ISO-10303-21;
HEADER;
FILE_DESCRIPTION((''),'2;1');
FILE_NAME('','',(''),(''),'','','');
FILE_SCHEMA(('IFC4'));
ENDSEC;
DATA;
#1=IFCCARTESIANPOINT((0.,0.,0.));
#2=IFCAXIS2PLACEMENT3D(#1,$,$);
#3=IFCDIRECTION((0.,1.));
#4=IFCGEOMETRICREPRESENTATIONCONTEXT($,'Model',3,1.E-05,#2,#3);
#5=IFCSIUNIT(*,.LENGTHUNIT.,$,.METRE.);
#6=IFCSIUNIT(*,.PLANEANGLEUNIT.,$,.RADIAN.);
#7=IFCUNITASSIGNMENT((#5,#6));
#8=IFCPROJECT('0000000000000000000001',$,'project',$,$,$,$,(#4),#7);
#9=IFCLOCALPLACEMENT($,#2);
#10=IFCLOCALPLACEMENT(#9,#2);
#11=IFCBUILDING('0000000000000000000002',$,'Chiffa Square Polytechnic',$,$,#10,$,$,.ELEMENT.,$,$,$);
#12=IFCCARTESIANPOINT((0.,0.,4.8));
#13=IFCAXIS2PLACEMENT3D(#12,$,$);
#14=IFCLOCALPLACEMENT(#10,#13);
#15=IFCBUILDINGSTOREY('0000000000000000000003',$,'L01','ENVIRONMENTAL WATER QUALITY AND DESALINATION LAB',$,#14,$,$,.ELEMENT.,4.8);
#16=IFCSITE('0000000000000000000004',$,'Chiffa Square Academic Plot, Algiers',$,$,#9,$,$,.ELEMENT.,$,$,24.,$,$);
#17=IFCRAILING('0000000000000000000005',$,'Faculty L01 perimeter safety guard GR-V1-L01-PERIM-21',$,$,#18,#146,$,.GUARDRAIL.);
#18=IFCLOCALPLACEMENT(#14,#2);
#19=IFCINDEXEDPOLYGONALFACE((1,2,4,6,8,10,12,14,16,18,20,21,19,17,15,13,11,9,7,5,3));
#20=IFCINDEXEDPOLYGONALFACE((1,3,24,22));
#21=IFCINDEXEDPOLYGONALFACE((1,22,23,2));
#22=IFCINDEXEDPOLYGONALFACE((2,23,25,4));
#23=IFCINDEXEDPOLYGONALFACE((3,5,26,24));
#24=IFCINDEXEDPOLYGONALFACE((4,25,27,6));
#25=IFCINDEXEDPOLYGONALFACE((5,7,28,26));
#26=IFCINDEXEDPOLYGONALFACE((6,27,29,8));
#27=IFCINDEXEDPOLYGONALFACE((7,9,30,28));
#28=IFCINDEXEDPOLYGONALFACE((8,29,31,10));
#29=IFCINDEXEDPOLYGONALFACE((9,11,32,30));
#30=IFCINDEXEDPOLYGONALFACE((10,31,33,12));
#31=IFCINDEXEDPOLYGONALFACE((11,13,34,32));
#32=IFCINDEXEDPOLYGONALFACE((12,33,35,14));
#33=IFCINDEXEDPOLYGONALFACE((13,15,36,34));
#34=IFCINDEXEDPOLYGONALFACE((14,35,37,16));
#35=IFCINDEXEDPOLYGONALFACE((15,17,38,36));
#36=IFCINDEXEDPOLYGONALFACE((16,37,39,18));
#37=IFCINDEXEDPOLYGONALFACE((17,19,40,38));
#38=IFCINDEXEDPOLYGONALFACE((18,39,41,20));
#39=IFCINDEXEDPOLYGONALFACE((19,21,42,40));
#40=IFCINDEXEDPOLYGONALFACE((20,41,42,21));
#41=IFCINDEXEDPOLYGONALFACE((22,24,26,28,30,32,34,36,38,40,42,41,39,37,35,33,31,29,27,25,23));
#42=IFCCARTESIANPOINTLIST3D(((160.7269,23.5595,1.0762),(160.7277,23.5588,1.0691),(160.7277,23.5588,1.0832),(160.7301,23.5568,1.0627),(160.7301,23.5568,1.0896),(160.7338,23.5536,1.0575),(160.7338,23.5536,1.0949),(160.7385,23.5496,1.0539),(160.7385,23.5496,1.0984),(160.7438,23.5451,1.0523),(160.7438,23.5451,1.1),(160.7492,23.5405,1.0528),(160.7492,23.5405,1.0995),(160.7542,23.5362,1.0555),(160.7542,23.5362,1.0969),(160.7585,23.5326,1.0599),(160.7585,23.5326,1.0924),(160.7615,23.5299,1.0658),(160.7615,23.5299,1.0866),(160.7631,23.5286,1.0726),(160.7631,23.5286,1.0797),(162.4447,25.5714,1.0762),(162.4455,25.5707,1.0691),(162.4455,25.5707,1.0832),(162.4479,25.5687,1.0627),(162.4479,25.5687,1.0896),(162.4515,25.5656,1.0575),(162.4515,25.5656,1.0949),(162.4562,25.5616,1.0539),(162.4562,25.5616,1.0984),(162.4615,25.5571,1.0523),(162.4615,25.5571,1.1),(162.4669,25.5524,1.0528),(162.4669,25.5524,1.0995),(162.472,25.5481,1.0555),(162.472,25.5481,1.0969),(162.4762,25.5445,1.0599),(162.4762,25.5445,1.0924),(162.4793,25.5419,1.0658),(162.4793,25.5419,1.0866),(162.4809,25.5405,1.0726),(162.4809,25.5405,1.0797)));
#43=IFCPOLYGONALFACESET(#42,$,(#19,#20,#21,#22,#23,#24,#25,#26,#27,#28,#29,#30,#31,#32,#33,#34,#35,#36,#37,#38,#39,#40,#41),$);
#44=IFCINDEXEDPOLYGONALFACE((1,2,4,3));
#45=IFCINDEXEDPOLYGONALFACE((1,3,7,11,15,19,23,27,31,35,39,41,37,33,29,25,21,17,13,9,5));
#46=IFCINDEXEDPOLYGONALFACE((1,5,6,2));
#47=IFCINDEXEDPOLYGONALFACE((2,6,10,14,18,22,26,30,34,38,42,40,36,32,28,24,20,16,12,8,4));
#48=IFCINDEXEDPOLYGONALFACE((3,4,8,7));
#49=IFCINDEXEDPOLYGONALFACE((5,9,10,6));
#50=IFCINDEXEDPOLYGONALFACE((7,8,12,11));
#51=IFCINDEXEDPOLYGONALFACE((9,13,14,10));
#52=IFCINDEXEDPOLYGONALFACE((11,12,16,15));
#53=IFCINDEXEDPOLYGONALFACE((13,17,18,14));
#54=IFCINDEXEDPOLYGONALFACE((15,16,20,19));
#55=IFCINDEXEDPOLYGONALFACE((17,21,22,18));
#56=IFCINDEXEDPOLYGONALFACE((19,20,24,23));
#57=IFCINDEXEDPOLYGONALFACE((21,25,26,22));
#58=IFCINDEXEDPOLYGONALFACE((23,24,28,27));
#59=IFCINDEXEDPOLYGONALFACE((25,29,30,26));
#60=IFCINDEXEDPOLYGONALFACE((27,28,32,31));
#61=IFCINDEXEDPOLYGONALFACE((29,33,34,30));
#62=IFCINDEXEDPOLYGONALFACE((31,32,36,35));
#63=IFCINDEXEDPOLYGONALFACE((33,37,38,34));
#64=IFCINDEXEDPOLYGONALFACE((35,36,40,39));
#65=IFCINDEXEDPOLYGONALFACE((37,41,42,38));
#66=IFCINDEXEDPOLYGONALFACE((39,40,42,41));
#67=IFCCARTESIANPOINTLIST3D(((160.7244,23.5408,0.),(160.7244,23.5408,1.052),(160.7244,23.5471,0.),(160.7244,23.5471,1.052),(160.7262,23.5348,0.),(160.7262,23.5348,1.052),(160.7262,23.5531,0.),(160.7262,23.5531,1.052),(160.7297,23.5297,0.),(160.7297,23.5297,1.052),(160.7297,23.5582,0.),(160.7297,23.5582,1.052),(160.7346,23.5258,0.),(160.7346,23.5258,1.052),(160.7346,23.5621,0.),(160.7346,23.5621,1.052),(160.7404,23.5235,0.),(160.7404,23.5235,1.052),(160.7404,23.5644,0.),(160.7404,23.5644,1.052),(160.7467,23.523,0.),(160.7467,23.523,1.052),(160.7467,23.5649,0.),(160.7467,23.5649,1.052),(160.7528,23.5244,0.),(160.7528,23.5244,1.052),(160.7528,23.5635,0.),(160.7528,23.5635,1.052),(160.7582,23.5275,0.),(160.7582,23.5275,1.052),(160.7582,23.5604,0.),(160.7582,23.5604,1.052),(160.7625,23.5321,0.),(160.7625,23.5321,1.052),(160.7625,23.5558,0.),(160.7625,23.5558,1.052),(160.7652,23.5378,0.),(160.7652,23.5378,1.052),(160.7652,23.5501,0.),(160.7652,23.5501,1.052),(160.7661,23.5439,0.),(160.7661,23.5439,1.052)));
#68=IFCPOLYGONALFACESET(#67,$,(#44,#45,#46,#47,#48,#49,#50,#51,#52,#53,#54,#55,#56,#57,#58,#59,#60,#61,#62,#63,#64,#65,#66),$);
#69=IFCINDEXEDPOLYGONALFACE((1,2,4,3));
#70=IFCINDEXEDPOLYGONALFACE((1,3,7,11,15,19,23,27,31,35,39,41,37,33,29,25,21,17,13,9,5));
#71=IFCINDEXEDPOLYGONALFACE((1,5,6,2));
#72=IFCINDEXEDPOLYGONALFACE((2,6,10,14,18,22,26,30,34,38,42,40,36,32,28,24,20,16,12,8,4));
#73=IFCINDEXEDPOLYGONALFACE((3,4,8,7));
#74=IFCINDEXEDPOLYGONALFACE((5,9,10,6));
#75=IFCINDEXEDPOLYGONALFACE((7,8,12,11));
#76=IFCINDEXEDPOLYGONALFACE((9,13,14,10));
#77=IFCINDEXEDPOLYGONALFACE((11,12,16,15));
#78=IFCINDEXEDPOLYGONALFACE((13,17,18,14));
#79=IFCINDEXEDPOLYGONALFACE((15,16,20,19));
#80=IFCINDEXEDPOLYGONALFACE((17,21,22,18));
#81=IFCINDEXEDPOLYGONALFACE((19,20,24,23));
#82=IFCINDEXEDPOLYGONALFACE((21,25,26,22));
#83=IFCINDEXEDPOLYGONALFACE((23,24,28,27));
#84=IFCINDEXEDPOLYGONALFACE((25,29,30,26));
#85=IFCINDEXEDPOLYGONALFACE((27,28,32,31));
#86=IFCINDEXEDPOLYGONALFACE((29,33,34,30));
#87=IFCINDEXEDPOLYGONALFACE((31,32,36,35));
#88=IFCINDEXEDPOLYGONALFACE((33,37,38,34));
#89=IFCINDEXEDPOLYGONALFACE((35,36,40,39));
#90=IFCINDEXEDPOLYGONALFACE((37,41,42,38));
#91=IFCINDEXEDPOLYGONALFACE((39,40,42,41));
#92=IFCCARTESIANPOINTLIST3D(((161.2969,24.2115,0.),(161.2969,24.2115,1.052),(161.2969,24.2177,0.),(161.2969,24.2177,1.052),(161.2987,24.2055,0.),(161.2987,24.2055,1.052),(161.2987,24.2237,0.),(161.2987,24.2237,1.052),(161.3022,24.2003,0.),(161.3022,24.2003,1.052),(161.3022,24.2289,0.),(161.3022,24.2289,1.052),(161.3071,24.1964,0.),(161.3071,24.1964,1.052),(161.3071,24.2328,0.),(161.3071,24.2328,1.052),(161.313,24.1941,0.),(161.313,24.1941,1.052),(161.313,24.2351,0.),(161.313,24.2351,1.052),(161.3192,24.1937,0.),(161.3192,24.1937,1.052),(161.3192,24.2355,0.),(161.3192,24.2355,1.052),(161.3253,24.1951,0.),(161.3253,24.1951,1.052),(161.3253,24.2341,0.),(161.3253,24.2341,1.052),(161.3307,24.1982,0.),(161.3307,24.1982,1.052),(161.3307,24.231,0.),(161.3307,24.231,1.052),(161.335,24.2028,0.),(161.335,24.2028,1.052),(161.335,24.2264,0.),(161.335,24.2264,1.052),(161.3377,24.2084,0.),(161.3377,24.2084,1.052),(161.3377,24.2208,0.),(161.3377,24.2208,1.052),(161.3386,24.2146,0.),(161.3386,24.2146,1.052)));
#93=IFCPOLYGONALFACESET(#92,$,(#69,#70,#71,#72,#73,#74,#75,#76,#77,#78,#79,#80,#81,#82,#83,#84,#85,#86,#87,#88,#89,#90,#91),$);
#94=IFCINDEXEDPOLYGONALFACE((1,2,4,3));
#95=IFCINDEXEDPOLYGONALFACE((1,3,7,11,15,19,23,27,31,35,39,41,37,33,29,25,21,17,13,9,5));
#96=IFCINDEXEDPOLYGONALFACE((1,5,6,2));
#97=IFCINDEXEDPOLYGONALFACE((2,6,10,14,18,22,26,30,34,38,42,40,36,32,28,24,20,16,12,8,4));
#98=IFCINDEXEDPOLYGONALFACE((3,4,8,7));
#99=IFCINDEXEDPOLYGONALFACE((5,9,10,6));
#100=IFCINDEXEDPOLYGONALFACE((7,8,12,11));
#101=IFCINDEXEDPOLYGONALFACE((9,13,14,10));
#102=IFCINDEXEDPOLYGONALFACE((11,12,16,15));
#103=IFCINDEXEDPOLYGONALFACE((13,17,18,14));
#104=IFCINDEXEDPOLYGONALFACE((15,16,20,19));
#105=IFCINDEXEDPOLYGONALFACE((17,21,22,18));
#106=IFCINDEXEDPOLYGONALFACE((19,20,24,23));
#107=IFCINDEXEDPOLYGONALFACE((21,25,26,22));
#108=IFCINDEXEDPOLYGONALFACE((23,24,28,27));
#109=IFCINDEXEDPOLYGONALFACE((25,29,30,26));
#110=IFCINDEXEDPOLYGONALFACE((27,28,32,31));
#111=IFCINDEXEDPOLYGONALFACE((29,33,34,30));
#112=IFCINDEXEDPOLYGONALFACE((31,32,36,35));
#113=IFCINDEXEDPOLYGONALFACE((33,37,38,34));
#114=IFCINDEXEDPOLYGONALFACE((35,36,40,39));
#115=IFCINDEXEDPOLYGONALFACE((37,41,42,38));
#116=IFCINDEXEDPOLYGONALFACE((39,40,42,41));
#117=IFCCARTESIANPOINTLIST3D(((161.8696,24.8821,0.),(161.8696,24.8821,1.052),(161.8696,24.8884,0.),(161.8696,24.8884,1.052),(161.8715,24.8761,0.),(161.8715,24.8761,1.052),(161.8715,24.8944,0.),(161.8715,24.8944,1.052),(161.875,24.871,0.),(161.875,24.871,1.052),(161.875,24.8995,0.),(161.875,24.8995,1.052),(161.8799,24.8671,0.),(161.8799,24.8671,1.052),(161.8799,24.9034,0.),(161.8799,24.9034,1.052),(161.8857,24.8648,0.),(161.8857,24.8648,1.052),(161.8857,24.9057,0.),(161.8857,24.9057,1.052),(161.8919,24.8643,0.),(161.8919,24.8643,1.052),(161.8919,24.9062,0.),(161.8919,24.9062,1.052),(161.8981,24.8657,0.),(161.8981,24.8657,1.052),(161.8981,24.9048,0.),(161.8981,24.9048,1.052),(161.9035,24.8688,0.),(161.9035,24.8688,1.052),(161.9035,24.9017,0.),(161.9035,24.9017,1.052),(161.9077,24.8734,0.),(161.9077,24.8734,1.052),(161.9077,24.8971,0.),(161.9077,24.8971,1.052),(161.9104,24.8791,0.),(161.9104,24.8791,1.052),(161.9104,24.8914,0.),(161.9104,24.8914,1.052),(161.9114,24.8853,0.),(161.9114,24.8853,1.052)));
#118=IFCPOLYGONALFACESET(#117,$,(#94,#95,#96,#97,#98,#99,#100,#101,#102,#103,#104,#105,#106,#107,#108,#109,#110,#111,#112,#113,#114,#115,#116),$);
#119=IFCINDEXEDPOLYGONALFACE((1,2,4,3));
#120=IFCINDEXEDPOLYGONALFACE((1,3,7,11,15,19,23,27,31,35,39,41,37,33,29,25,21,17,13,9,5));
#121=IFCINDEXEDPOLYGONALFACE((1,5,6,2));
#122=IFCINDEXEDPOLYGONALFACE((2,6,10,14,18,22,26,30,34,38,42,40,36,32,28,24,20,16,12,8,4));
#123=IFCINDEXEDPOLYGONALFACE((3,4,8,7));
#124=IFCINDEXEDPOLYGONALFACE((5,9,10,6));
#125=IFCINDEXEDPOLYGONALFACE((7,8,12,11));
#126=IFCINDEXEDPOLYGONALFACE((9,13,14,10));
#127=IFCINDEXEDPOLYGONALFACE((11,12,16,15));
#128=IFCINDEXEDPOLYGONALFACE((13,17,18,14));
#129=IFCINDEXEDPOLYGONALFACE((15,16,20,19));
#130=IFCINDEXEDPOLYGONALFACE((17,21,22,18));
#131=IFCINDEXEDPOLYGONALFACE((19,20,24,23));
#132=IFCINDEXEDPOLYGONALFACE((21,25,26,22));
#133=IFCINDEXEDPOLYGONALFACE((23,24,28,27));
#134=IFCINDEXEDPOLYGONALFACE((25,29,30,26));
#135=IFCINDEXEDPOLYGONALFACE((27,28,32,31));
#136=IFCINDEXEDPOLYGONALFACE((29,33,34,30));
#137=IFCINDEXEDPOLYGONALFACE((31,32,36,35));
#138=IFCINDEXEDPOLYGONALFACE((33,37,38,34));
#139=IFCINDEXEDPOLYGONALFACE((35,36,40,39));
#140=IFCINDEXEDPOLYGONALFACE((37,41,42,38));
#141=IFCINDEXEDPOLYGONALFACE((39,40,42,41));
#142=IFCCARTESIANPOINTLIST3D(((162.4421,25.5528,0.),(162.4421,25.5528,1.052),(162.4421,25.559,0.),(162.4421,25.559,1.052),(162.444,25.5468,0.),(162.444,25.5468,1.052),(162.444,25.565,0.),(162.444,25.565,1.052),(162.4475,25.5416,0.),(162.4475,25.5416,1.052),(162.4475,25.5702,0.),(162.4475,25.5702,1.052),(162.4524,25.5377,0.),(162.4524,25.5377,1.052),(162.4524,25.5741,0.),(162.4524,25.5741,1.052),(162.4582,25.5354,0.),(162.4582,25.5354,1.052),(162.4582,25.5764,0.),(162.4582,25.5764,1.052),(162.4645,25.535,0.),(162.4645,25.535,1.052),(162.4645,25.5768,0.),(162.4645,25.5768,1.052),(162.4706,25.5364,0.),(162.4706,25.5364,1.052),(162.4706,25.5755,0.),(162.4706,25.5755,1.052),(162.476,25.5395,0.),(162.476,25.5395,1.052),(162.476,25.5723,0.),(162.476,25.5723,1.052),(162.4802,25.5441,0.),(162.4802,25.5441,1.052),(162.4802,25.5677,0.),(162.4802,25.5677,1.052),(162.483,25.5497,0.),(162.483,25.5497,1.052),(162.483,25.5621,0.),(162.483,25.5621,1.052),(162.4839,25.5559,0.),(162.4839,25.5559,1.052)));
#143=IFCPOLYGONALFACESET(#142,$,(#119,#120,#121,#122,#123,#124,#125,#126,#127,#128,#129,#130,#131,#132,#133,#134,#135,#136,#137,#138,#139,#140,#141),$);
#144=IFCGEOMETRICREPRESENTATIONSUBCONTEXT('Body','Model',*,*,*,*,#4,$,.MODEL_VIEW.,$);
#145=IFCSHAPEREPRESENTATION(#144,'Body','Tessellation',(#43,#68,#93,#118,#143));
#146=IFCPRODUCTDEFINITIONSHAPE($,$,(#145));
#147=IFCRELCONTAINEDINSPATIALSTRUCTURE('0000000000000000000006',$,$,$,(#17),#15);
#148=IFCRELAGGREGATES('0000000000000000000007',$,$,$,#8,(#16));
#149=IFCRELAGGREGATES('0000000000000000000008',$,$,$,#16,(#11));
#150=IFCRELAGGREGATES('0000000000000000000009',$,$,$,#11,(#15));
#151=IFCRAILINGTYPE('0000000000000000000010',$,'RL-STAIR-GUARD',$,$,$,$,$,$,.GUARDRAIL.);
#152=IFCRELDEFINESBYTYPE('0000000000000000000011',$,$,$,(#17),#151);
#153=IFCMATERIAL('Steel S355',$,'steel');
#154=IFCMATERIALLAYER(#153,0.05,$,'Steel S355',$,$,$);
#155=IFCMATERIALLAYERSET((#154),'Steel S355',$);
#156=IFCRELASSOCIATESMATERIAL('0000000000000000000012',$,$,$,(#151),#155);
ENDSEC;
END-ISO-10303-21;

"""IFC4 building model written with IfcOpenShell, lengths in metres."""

from ifc_helpers import new_model, si_unit, direction, frame, origin, origin_2d, place, context, subcontext, project, spatial, circle, extrude, material, layer, layer_set, type_object, element, save


model = new_model("IFC4")

# Units and contexts
model_context = context("Model", 3, precision=1e-05, world=origin(), true_north=direction((0.0, 1.0)))
body_context = subcontext(model_context, "Body", "Model", "MODEL_VIEW")
ifc_project = project(units=[si_unit("LENGTHUNIT", "METRE"), si_unit("PLANEANGLEUNIT", "RADIAN")], contexts=[model_context])

# Site, building, storey
site_placement = place(None, origin())
site = spatial("IfcSite", under=ifc_project, at=site_placement, Name="Chiffa Square Academic Plot, Algiers", CompositionType="ELEMENT", RefElevation=24.0)
building_placement = place(site_placement, origin())
building = spatial("IfcBuilding", under=site, at=building_placement, Name="Chiffa Square Polytechnic", CompositionType="ELEMENT")
storey_placement = place(building_placement, frame((0.0, 0.0, 4.8)))
storey = spatial("IfcBuildingStorey", under=building, at=storey_placement, Name="L01", Description="ENVIRONMENTAL WATER QUALITY AND DESALINATION LAB", CompositionType="ELEMENT", Elevation=4.8)

# Shared definitions
ifc_material_1 = material(Name="Steel S355", Category="steel")

# Railing
ifc_layer_1 = layer(ifc_material_1, 0.05, Name="Steel S355")
ifc_layer_set_1 = layer_set([ifc_layer_1], Name="Steel S355")
railing_type = type_object("IfcRailingType", Name="RL-STAIR-GUARD", PredefinedType="GUARDRAIL", material=ifc_layer_set_1)
railing_1_placement = place(storey_placement, frame((160.7451, 23.5439, 0.0)))
element("IfcRailing", 1, at=railing_1_placement, inside=storey, type_object=railing_type, Name="Faculty L01 perimeter safety guard GR-V1-L01-PERIM-21", PredefinedType="GUARDRAIL", context=body_context, shape_type="SweptSolid", body=[
    extrude(circle(Radius=0.0239, at=origin_2d()), frame((0.0, 0.0, 1.0762), z_axis=(0.649316, 0.760519, 0.0), x_axis=(-0.760519, 0.649316, 0.0)), (0.0, 0.0, 1.0), 2.6455),
    extrude(circle(Radius=0.021, at=origin_2d()), origin(), (0.0, 0.0, 1.0), 1.052),
    extrude(circle(Radius=0.021, at=origin_2d()), frame((0.5725, 0.6707, 0.0)), (0.0, 0.0, 1.0), 1.052),
    extrude(circle(Radius=0.021, at=origin_2d()), frame((1.1453, 1.3413, 0.0)), (0.0, 0.0, 1.0), 1.052),
    extrude(circle(Radius=0.021, at=origin_2d()), frame((1.7178, 2.012, 0.0)), (0.0, 0.0, 1.0), 1.052),
])

save(model, "model.ifc")
